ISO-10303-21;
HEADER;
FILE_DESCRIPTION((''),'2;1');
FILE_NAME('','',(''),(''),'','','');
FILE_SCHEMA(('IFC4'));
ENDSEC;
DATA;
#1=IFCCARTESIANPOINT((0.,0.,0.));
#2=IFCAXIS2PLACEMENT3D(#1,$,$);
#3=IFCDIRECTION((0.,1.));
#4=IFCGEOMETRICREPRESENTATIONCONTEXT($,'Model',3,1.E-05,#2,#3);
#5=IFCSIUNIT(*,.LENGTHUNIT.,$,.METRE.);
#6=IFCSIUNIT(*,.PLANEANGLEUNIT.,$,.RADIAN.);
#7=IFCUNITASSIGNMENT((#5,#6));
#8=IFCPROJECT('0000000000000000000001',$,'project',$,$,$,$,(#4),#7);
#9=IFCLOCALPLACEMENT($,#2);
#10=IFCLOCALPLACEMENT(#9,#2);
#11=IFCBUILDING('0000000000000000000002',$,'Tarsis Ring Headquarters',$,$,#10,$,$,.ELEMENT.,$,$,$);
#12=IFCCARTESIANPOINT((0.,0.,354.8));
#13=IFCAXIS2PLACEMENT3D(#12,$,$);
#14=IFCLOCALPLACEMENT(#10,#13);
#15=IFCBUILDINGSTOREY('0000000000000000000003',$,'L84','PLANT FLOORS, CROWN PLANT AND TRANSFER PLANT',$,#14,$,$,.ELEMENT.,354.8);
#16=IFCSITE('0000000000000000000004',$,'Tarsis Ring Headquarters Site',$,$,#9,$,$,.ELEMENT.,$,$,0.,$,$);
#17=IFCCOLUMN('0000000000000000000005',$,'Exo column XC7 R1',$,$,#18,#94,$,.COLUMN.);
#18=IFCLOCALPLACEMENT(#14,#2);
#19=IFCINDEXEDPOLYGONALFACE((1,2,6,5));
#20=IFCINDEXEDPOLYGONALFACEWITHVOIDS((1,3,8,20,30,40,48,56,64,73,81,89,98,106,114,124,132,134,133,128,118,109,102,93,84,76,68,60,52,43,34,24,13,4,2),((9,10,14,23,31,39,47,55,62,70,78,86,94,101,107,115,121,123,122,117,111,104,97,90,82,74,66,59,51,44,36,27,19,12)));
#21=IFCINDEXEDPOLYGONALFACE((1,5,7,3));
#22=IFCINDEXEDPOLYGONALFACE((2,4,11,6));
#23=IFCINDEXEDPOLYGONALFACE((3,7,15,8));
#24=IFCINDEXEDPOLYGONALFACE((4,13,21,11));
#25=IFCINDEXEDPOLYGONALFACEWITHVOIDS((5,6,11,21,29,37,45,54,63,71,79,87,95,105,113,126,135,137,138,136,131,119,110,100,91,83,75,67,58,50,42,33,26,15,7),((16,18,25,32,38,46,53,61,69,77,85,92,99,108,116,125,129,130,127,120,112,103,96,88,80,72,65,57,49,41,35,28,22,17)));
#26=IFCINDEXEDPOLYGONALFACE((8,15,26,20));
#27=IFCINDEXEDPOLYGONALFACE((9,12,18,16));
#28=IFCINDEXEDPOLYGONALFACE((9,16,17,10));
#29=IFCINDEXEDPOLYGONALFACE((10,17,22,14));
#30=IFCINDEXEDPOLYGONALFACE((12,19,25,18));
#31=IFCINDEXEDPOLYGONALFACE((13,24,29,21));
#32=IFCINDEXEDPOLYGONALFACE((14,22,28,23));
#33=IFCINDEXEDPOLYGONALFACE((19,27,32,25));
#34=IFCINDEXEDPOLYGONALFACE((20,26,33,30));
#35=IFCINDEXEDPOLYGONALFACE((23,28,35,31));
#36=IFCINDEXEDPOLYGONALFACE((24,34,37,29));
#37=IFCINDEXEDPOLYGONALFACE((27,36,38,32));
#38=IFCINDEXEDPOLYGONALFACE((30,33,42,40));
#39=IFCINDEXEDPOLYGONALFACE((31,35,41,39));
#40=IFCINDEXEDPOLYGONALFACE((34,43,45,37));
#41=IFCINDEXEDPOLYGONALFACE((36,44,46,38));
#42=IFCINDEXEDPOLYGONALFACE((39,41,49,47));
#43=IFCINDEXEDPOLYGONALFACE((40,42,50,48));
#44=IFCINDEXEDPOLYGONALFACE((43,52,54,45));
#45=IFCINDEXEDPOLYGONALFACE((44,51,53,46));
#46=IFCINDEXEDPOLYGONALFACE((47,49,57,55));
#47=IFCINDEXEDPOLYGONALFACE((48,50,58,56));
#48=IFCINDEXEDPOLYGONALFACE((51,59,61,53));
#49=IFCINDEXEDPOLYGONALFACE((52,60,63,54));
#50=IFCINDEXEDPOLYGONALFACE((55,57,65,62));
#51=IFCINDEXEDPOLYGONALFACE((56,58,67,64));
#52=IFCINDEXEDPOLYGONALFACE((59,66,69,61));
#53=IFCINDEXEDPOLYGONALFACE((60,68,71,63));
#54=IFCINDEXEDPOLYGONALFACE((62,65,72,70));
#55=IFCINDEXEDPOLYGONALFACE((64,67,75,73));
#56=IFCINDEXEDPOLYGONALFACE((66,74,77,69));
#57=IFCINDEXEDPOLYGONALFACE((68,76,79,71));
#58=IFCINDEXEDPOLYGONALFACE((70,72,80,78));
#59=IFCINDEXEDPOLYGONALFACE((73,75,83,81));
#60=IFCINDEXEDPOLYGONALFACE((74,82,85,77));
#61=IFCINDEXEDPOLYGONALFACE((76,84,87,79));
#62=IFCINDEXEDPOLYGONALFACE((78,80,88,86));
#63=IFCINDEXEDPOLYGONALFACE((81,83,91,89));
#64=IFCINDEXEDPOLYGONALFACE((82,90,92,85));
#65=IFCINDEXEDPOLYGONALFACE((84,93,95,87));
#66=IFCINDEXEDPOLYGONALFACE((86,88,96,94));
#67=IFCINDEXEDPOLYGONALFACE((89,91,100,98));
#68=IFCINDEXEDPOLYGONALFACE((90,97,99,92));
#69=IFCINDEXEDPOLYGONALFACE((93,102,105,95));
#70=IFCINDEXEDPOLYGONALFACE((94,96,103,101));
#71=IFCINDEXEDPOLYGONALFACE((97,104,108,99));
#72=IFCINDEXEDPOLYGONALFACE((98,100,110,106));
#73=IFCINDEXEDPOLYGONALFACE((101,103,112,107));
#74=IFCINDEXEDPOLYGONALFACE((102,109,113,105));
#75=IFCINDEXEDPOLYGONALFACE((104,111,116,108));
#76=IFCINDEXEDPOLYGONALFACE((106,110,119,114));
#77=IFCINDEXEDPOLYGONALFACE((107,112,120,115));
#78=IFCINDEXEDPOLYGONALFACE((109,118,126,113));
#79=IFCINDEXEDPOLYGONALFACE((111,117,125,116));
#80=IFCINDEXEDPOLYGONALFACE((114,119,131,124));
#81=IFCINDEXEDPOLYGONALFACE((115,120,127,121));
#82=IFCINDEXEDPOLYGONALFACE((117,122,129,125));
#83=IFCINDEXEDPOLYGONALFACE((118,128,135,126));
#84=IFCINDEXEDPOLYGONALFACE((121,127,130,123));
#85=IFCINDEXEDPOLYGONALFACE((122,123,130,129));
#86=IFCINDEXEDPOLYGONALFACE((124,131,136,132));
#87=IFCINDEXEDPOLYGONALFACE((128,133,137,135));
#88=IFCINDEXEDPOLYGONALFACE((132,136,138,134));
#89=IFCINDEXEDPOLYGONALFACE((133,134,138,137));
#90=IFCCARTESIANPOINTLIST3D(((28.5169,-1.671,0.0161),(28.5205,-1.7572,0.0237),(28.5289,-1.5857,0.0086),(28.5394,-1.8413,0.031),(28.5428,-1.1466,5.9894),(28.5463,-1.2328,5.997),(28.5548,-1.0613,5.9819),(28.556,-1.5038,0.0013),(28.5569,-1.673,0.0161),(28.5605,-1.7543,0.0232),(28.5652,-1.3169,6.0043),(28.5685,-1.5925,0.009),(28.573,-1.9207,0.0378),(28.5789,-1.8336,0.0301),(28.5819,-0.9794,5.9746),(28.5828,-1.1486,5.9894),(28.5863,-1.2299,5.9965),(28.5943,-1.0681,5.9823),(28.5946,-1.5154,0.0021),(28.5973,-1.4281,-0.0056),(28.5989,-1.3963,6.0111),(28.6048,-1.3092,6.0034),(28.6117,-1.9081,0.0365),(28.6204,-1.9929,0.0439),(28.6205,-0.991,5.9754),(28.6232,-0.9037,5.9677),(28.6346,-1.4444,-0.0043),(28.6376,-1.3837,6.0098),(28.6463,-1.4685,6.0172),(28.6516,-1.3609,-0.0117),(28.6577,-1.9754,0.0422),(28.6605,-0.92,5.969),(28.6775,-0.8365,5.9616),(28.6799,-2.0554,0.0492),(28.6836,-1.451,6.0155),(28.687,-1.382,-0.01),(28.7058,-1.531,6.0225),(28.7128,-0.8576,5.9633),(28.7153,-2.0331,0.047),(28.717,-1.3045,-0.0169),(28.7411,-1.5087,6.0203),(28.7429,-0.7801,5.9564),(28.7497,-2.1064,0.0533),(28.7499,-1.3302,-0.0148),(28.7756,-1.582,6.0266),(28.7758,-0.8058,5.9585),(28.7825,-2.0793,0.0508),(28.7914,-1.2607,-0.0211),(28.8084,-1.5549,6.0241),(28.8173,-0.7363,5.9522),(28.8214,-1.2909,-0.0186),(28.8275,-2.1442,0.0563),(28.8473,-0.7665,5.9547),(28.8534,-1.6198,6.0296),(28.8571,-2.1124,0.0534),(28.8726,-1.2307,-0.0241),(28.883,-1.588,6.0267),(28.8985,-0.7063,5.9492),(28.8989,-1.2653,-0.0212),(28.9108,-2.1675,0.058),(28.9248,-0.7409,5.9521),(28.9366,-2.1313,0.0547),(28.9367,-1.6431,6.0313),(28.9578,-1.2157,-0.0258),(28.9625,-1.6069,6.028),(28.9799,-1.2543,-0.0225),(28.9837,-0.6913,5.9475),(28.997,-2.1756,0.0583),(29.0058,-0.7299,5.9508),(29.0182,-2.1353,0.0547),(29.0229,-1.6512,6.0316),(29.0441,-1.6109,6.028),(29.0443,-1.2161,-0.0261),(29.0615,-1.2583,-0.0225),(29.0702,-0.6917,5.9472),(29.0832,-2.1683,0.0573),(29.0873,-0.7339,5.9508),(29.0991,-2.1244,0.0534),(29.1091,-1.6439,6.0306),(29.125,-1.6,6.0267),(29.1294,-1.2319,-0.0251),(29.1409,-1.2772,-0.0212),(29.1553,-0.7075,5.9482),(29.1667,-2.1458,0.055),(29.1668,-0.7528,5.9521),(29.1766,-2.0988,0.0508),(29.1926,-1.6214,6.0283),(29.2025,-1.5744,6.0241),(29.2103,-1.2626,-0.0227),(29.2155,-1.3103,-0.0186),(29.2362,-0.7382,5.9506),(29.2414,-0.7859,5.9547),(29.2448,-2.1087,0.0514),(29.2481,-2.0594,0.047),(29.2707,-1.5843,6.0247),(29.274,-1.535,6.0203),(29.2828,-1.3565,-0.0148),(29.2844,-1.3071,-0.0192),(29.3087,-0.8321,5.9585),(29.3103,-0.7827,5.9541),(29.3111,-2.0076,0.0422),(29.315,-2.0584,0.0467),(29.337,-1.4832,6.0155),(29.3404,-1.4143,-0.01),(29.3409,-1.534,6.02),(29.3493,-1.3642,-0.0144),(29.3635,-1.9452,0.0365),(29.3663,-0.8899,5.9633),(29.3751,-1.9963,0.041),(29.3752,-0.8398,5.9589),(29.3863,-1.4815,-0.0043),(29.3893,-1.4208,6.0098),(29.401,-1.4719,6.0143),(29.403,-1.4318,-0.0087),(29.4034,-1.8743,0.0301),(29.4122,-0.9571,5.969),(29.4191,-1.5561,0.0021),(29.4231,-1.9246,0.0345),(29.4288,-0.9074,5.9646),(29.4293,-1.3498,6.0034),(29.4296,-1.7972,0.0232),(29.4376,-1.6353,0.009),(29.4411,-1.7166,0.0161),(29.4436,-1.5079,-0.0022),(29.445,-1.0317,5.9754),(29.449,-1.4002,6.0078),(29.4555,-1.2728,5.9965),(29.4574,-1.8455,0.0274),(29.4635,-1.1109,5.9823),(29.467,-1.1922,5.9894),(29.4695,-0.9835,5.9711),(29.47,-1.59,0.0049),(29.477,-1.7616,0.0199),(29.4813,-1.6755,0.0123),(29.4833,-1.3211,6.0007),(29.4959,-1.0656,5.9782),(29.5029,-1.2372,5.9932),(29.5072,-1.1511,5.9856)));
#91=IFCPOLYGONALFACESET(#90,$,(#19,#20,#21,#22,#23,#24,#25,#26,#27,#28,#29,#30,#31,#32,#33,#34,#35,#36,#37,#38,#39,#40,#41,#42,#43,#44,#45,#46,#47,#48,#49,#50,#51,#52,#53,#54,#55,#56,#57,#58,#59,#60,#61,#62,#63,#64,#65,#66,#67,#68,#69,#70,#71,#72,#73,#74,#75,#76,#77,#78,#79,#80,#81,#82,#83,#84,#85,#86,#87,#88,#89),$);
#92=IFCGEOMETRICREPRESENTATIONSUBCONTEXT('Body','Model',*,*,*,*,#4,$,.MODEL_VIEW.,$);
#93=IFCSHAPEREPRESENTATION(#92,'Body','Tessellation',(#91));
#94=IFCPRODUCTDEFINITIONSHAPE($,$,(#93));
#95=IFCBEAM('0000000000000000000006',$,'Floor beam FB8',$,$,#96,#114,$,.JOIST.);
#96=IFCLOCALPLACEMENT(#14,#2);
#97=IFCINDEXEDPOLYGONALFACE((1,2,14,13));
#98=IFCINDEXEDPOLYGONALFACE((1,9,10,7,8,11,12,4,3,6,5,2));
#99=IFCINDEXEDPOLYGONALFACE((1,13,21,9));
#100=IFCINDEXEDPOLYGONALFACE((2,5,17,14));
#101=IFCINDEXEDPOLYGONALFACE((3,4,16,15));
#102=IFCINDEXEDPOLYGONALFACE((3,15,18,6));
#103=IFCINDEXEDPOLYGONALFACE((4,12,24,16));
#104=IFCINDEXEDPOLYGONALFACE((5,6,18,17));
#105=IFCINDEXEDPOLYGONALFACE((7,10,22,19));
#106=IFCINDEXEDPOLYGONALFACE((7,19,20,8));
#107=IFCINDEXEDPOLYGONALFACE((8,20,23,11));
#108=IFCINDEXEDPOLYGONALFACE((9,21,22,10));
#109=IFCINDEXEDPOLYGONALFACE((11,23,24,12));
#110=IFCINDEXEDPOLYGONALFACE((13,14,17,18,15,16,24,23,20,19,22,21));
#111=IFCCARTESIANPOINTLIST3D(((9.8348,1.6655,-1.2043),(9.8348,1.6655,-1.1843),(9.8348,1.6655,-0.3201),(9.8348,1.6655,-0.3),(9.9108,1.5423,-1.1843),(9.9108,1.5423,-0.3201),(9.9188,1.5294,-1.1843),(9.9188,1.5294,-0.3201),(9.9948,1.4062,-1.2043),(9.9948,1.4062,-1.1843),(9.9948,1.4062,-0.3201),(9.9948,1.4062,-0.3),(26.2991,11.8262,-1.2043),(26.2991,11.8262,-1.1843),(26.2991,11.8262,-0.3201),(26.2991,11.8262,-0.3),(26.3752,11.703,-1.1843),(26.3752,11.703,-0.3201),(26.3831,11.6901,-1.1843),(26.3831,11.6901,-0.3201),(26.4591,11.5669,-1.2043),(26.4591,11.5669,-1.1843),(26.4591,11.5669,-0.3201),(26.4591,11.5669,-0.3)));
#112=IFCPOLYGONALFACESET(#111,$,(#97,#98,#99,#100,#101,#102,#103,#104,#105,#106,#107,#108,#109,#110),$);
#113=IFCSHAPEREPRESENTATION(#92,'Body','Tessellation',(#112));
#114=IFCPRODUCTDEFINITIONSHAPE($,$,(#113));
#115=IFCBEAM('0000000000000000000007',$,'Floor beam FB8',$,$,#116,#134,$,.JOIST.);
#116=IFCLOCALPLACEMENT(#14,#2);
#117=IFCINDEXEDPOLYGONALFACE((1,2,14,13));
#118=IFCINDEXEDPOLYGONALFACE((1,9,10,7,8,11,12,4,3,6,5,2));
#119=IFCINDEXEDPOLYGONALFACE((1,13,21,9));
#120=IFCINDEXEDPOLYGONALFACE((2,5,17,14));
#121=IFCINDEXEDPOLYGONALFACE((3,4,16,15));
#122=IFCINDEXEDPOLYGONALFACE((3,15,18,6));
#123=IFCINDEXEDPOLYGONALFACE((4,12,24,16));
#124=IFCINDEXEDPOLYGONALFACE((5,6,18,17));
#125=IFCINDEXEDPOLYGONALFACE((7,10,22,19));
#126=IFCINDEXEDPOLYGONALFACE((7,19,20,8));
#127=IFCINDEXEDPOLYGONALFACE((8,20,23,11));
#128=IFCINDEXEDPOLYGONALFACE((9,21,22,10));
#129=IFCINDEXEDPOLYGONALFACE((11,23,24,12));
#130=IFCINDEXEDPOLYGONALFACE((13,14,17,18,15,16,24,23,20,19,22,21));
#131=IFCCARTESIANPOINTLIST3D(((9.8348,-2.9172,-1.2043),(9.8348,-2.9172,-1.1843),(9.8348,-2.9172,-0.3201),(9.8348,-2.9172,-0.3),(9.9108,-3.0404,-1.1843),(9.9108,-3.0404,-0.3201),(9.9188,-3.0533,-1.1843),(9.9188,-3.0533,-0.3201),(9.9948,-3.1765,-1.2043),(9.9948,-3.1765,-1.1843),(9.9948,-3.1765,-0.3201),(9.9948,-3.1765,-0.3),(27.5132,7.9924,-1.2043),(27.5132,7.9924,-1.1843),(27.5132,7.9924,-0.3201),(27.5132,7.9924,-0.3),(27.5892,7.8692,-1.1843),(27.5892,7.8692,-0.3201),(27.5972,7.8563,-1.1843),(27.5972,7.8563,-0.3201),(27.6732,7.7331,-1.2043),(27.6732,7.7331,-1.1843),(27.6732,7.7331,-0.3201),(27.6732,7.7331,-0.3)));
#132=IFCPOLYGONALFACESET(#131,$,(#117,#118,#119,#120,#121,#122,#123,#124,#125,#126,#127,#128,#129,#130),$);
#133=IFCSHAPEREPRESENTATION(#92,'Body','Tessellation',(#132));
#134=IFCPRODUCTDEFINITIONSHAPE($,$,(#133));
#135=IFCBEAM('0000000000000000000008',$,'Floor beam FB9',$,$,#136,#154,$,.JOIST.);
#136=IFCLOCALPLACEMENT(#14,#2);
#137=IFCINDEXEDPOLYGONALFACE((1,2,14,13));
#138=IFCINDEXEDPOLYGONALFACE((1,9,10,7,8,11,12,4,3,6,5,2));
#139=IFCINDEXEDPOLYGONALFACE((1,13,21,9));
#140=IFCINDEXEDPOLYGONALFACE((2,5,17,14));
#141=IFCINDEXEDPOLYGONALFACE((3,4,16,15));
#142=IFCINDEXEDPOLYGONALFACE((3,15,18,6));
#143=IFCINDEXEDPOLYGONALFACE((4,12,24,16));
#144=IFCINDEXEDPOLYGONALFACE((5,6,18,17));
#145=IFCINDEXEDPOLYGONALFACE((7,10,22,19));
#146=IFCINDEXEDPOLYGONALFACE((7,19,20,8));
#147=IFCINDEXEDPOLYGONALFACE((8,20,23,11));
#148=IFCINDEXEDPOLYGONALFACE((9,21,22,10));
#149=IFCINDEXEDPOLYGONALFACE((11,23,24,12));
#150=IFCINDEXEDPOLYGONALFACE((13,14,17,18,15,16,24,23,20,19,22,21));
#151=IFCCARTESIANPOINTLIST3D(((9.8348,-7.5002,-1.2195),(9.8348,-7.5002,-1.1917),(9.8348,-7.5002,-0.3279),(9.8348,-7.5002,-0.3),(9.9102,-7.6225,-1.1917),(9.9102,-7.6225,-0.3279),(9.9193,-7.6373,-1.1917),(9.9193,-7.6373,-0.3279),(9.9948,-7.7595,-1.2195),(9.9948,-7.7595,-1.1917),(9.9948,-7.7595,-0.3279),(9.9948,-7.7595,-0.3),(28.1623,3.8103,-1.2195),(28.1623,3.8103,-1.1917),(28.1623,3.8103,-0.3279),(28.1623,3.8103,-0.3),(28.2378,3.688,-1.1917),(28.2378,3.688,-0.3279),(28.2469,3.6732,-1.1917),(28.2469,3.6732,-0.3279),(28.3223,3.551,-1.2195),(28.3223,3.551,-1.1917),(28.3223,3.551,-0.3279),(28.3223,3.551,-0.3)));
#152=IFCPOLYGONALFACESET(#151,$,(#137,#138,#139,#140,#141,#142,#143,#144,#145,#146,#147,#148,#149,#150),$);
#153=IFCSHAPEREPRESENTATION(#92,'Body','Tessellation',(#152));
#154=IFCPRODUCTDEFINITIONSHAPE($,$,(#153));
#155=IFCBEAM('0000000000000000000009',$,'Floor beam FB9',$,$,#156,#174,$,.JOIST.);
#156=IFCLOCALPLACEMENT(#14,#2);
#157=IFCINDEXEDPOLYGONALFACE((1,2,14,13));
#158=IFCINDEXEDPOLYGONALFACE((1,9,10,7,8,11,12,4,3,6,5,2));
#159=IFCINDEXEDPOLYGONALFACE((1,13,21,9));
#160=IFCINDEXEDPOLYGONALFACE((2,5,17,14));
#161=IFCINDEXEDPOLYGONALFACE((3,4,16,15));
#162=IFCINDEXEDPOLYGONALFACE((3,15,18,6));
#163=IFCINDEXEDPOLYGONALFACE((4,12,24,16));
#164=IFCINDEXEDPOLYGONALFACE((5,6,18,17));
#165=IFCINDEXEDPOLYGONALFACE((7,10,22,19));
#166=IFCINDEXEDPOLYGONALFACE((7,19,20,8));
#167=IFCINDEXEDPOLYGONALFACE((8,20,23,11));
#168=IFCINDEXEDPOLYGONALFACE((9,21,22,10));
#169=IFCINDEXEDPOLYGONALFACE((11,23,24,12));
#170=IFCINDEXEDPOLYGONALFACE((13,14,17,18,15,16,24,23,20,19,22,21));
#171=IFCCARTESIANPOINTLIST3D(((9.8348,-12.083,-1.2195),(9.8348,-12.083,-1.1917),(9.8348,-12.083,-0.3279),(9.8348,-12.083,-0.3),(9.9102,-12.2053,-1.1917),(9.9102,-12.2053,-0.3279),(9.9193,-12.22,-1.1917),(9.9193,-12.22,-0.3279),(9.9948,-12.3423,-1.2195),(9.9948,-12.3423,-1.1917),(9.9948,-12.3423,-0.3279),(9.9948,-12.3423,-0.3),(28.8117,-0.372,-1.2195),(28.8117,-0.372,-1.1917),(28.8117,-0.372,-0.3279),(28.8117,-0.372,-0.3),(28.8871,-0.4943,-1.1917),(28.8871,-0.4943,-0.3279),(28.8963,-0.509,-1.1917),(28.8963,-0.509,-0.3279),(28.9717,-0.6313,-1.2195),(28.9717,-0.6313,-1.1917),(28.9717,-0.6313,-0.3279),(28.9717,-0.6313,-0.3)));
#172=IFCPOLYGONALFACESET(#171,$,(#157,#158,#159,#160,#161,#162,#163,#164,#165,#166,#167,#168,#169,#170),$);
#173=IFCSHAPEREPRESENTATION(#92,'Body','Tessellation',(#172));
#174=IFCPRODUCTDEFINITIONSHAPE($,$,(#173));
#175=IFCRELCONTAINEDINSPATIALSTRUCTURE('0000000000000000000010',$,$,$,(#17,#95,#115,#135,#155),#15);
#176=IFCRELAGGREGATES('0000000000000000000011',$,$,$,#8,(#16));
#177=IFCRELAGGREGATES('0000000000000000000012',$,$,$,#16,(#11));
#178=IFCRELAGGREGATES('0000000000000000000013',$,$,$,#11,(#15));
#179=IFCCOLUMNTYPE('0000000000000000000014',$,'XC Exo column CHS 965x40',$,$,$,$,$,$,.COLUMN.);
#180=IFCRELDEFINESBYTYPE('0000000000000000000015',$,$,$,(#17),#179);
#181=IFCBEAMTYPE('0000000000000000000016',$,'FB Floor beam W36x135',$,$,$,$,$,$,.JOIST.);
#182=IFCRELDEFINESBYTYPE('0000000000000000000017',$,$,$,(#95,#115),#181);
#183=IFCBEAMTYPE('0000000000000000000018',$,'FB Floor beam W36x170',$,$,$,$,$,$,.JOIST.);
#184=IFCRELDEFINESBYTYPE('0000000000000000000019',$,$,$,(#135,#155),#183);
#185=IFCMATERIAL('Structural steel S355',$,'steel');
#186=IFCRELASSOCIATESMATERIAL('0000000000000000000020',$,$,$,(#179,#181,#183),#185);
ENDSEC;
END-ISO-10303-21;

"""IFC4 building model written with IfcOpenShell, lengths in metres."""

from ifc_helpers import new_model, si_unit, direction, frame, origin, origin_2d, place, context, subcontext, project, spatial, hollow_circle, i_section, extrude, material, material_profile, profile_set, type_object, element, save


model = new_model("IFC4")

# Units and contexts
model_context = context("Model", 3, precision=1e-05, world=origin(), true_north=direction((0.0, 1.0)))
body_context = subcontext(model_context, "Body", "Model", "MODEL_VIEW")
ifc_project = project(units=[si_unit("LENGTHUNIT", "METRE"), si_unit("PLANEANGLEUNIT", "RADIAN")], contexts=[model_context])

# Site, building, storey
site_placement = place(None, origin())
site = spatial("IfcSite", under=ifc_project, at=site_placement, Name="Tarsis Ring Headquarters Site", CompositionType="ELEMENT", RefElevation=0.0)
building_placement = place(site_placement, origin())
building = spatial("IfcBuilding", under=site, at=building_placement, Name="Tarsis Ring Headquarters", CompositionType="ELEMENT")
storey_placement = place(building_placement, frame((0.0, 0.0, 354.8)))
storey = spatial("IfcBuildingStorey", under=building, at=storey_placement, Name="L84", Description="PLANT FLOORS, CROWN PLANT AND TRANSFER PLANT", CompositionType="ELEMENT", Elevation=354.8)

# Column
ifc_material_1 = material(Name="Structural steel S355", Category="steel")
ifc_material_profile_1 = material_profile(ifc_material_1, hollow_circle(Radius=0.4827, WallThickness=0.04, at=origin_2d()), Name="CHS 965x40")
ifc_profile_set_1 = profile_set([ifc_material_profile_1], Name="Structural steel S355")
column_type = type_object("IfcColumnType", Name="XC Exo column CHS 965x40", PredefinedType="COLUMN", material=ifc_profile_set_1)
column_placement = place(storey_placement, frame((28.999, -1.6948, 0.0161), z_axis=(0.004316, 0.087455, 0.996159), x_axis=(-0.998785, 0.049288, 0.0)))
element("IfcColumn", 1, at=column_placement, inside=storey, type_object=column_type, Name="Exo column XC7 R1", PredefinedType="COLUMN", context=body_context, shape_type="SweptSolid", body=[
    extrude(hollow_circle(Radius=0.4827, WallThickness=0.04, at=origin_2d()), origin(), (0.0, 0.0, 1.0), 5.9963),
])

# Beams
ifc_material_profile_2 = material_profile(ifc_material_1, i_section(OverallWidth=0.3047, OverallDepth=0.9043, WebThickness=0.0151, FlangeThickness=0.02, at=origin_2d()), Name="W36x135")
ifc_profile_set_2 = profile_set([ifc_material_profile_2], Name="Structural steel S355")
beam_type_1 = type_object("IfcBeamType", Name="FB Floor beam W36x135", PredefinedType="JOIST", material=ifc_profile_set_2)
beam_1_placement = place(storey_placement, frame((9.9148, 1.5359, -0.7522), z_axis=(0.850995, 0.525174, 0.0), x_axis=(-0.525174, 0.850995, 0.0)))
element("IfcBeam", 2, at=beam_1_placement, inside=storey, type_object=beam_type_1, Name="Floor beam FB8", PredefinedType="JOIST", context=body_context, shape_type="SweptSolid", body=[
    extrude(i_section(OverallWidth=0.3047, OverallDepth=0.9043, WebThickness=0.0151, FlangeThickness=0.02, at=origin_2d()), origin(), (0.0, 0.0, 1.0), 19.3472),
])
beam_2_placement = place(storey_placement, frame((9.9148, -3.0469, -0.7522), z_axis=(0.851, 0.525166, 0.0), x_axis=(-0.525166, 0.851, 0.0)))
element("IfcBeam", 3, at=beam_2_placement, inside=storey, type_object=beam_type_1, Name="Floor beam FB8", PredefinedType="JOIST", context=body_context, shape_type="SweptSolid", body=[
    extrude(i_section(OverallWidth=0.3047, OverallDepth=0.9043, WebThickness=0.0151, FlangeThickness=0.02, at=origin_2d()), origin(), (0.0, 0.0, 1.0), 20.7737),
])
ifc_material_profile_3 = material_profile(ifc_material_1, i_section(OverallWidth=0.3047, OverallDepth=0.9194, WebThickness=0.0173, FlangeThickness=0.0278, at=origin_2d()), Name="W36x170")
ifc_profile_set_3 = profile_set([ifc_material_profile_3], Name="Structural steel S355")
beam_type_2 = type_object("IfcBeamType", Name="FB Floor beam W36x170", PredefinedType="JOIST", material=ifc_profile_set_3)
beam_3_placement = place(storey_placement, frame((9.9148, -7.6299, -0.7598), z_axis=(0.850994, 0.525175, 0.0), x_axis=(-0.525175, 0.850994, 0.0)))
element("IfcBeam", 4, at=beam_3_placement, inside=storey, type_object=beam_type_2, Name="Floor beam FB9", PredefinedType="JOIST", context=body_context, shape_type="SweptSolid", body=[
    extrude(i_section(OverallWidth=0.3047, OverallDepth=0.9194, WebThickness=0.0173, FlangeThickness=0.0278, at=origin_2d()), origin(), (0.0, 0.0, 1.0), 21.5366),
])
beam_4_placement = place(storey_placement, frame((9.9148, -12.2126, -0.7598), z_axis=(0.850999, 0.525167, 0.0), x_axis=(-0.525167, 0.850999, 0.0)))
element("IfcBeam", 5, at=beam_4_placement, inside=storey, type_object=beam_type_2, Name="Floor beam FB9", PredefinedType="JOIST", context=body_context, shape_type="SweptSolid", body=[
    extrude(i_section(OverallWidth=0.3047, OverallDepth=0.9194, WebThickness=0.0173, FlangeThickness=0.0278, at=origin_2d()), origin(), (0.0, 0.0, 1.0), 22.2996),
])

save(model, "model.ifc")
